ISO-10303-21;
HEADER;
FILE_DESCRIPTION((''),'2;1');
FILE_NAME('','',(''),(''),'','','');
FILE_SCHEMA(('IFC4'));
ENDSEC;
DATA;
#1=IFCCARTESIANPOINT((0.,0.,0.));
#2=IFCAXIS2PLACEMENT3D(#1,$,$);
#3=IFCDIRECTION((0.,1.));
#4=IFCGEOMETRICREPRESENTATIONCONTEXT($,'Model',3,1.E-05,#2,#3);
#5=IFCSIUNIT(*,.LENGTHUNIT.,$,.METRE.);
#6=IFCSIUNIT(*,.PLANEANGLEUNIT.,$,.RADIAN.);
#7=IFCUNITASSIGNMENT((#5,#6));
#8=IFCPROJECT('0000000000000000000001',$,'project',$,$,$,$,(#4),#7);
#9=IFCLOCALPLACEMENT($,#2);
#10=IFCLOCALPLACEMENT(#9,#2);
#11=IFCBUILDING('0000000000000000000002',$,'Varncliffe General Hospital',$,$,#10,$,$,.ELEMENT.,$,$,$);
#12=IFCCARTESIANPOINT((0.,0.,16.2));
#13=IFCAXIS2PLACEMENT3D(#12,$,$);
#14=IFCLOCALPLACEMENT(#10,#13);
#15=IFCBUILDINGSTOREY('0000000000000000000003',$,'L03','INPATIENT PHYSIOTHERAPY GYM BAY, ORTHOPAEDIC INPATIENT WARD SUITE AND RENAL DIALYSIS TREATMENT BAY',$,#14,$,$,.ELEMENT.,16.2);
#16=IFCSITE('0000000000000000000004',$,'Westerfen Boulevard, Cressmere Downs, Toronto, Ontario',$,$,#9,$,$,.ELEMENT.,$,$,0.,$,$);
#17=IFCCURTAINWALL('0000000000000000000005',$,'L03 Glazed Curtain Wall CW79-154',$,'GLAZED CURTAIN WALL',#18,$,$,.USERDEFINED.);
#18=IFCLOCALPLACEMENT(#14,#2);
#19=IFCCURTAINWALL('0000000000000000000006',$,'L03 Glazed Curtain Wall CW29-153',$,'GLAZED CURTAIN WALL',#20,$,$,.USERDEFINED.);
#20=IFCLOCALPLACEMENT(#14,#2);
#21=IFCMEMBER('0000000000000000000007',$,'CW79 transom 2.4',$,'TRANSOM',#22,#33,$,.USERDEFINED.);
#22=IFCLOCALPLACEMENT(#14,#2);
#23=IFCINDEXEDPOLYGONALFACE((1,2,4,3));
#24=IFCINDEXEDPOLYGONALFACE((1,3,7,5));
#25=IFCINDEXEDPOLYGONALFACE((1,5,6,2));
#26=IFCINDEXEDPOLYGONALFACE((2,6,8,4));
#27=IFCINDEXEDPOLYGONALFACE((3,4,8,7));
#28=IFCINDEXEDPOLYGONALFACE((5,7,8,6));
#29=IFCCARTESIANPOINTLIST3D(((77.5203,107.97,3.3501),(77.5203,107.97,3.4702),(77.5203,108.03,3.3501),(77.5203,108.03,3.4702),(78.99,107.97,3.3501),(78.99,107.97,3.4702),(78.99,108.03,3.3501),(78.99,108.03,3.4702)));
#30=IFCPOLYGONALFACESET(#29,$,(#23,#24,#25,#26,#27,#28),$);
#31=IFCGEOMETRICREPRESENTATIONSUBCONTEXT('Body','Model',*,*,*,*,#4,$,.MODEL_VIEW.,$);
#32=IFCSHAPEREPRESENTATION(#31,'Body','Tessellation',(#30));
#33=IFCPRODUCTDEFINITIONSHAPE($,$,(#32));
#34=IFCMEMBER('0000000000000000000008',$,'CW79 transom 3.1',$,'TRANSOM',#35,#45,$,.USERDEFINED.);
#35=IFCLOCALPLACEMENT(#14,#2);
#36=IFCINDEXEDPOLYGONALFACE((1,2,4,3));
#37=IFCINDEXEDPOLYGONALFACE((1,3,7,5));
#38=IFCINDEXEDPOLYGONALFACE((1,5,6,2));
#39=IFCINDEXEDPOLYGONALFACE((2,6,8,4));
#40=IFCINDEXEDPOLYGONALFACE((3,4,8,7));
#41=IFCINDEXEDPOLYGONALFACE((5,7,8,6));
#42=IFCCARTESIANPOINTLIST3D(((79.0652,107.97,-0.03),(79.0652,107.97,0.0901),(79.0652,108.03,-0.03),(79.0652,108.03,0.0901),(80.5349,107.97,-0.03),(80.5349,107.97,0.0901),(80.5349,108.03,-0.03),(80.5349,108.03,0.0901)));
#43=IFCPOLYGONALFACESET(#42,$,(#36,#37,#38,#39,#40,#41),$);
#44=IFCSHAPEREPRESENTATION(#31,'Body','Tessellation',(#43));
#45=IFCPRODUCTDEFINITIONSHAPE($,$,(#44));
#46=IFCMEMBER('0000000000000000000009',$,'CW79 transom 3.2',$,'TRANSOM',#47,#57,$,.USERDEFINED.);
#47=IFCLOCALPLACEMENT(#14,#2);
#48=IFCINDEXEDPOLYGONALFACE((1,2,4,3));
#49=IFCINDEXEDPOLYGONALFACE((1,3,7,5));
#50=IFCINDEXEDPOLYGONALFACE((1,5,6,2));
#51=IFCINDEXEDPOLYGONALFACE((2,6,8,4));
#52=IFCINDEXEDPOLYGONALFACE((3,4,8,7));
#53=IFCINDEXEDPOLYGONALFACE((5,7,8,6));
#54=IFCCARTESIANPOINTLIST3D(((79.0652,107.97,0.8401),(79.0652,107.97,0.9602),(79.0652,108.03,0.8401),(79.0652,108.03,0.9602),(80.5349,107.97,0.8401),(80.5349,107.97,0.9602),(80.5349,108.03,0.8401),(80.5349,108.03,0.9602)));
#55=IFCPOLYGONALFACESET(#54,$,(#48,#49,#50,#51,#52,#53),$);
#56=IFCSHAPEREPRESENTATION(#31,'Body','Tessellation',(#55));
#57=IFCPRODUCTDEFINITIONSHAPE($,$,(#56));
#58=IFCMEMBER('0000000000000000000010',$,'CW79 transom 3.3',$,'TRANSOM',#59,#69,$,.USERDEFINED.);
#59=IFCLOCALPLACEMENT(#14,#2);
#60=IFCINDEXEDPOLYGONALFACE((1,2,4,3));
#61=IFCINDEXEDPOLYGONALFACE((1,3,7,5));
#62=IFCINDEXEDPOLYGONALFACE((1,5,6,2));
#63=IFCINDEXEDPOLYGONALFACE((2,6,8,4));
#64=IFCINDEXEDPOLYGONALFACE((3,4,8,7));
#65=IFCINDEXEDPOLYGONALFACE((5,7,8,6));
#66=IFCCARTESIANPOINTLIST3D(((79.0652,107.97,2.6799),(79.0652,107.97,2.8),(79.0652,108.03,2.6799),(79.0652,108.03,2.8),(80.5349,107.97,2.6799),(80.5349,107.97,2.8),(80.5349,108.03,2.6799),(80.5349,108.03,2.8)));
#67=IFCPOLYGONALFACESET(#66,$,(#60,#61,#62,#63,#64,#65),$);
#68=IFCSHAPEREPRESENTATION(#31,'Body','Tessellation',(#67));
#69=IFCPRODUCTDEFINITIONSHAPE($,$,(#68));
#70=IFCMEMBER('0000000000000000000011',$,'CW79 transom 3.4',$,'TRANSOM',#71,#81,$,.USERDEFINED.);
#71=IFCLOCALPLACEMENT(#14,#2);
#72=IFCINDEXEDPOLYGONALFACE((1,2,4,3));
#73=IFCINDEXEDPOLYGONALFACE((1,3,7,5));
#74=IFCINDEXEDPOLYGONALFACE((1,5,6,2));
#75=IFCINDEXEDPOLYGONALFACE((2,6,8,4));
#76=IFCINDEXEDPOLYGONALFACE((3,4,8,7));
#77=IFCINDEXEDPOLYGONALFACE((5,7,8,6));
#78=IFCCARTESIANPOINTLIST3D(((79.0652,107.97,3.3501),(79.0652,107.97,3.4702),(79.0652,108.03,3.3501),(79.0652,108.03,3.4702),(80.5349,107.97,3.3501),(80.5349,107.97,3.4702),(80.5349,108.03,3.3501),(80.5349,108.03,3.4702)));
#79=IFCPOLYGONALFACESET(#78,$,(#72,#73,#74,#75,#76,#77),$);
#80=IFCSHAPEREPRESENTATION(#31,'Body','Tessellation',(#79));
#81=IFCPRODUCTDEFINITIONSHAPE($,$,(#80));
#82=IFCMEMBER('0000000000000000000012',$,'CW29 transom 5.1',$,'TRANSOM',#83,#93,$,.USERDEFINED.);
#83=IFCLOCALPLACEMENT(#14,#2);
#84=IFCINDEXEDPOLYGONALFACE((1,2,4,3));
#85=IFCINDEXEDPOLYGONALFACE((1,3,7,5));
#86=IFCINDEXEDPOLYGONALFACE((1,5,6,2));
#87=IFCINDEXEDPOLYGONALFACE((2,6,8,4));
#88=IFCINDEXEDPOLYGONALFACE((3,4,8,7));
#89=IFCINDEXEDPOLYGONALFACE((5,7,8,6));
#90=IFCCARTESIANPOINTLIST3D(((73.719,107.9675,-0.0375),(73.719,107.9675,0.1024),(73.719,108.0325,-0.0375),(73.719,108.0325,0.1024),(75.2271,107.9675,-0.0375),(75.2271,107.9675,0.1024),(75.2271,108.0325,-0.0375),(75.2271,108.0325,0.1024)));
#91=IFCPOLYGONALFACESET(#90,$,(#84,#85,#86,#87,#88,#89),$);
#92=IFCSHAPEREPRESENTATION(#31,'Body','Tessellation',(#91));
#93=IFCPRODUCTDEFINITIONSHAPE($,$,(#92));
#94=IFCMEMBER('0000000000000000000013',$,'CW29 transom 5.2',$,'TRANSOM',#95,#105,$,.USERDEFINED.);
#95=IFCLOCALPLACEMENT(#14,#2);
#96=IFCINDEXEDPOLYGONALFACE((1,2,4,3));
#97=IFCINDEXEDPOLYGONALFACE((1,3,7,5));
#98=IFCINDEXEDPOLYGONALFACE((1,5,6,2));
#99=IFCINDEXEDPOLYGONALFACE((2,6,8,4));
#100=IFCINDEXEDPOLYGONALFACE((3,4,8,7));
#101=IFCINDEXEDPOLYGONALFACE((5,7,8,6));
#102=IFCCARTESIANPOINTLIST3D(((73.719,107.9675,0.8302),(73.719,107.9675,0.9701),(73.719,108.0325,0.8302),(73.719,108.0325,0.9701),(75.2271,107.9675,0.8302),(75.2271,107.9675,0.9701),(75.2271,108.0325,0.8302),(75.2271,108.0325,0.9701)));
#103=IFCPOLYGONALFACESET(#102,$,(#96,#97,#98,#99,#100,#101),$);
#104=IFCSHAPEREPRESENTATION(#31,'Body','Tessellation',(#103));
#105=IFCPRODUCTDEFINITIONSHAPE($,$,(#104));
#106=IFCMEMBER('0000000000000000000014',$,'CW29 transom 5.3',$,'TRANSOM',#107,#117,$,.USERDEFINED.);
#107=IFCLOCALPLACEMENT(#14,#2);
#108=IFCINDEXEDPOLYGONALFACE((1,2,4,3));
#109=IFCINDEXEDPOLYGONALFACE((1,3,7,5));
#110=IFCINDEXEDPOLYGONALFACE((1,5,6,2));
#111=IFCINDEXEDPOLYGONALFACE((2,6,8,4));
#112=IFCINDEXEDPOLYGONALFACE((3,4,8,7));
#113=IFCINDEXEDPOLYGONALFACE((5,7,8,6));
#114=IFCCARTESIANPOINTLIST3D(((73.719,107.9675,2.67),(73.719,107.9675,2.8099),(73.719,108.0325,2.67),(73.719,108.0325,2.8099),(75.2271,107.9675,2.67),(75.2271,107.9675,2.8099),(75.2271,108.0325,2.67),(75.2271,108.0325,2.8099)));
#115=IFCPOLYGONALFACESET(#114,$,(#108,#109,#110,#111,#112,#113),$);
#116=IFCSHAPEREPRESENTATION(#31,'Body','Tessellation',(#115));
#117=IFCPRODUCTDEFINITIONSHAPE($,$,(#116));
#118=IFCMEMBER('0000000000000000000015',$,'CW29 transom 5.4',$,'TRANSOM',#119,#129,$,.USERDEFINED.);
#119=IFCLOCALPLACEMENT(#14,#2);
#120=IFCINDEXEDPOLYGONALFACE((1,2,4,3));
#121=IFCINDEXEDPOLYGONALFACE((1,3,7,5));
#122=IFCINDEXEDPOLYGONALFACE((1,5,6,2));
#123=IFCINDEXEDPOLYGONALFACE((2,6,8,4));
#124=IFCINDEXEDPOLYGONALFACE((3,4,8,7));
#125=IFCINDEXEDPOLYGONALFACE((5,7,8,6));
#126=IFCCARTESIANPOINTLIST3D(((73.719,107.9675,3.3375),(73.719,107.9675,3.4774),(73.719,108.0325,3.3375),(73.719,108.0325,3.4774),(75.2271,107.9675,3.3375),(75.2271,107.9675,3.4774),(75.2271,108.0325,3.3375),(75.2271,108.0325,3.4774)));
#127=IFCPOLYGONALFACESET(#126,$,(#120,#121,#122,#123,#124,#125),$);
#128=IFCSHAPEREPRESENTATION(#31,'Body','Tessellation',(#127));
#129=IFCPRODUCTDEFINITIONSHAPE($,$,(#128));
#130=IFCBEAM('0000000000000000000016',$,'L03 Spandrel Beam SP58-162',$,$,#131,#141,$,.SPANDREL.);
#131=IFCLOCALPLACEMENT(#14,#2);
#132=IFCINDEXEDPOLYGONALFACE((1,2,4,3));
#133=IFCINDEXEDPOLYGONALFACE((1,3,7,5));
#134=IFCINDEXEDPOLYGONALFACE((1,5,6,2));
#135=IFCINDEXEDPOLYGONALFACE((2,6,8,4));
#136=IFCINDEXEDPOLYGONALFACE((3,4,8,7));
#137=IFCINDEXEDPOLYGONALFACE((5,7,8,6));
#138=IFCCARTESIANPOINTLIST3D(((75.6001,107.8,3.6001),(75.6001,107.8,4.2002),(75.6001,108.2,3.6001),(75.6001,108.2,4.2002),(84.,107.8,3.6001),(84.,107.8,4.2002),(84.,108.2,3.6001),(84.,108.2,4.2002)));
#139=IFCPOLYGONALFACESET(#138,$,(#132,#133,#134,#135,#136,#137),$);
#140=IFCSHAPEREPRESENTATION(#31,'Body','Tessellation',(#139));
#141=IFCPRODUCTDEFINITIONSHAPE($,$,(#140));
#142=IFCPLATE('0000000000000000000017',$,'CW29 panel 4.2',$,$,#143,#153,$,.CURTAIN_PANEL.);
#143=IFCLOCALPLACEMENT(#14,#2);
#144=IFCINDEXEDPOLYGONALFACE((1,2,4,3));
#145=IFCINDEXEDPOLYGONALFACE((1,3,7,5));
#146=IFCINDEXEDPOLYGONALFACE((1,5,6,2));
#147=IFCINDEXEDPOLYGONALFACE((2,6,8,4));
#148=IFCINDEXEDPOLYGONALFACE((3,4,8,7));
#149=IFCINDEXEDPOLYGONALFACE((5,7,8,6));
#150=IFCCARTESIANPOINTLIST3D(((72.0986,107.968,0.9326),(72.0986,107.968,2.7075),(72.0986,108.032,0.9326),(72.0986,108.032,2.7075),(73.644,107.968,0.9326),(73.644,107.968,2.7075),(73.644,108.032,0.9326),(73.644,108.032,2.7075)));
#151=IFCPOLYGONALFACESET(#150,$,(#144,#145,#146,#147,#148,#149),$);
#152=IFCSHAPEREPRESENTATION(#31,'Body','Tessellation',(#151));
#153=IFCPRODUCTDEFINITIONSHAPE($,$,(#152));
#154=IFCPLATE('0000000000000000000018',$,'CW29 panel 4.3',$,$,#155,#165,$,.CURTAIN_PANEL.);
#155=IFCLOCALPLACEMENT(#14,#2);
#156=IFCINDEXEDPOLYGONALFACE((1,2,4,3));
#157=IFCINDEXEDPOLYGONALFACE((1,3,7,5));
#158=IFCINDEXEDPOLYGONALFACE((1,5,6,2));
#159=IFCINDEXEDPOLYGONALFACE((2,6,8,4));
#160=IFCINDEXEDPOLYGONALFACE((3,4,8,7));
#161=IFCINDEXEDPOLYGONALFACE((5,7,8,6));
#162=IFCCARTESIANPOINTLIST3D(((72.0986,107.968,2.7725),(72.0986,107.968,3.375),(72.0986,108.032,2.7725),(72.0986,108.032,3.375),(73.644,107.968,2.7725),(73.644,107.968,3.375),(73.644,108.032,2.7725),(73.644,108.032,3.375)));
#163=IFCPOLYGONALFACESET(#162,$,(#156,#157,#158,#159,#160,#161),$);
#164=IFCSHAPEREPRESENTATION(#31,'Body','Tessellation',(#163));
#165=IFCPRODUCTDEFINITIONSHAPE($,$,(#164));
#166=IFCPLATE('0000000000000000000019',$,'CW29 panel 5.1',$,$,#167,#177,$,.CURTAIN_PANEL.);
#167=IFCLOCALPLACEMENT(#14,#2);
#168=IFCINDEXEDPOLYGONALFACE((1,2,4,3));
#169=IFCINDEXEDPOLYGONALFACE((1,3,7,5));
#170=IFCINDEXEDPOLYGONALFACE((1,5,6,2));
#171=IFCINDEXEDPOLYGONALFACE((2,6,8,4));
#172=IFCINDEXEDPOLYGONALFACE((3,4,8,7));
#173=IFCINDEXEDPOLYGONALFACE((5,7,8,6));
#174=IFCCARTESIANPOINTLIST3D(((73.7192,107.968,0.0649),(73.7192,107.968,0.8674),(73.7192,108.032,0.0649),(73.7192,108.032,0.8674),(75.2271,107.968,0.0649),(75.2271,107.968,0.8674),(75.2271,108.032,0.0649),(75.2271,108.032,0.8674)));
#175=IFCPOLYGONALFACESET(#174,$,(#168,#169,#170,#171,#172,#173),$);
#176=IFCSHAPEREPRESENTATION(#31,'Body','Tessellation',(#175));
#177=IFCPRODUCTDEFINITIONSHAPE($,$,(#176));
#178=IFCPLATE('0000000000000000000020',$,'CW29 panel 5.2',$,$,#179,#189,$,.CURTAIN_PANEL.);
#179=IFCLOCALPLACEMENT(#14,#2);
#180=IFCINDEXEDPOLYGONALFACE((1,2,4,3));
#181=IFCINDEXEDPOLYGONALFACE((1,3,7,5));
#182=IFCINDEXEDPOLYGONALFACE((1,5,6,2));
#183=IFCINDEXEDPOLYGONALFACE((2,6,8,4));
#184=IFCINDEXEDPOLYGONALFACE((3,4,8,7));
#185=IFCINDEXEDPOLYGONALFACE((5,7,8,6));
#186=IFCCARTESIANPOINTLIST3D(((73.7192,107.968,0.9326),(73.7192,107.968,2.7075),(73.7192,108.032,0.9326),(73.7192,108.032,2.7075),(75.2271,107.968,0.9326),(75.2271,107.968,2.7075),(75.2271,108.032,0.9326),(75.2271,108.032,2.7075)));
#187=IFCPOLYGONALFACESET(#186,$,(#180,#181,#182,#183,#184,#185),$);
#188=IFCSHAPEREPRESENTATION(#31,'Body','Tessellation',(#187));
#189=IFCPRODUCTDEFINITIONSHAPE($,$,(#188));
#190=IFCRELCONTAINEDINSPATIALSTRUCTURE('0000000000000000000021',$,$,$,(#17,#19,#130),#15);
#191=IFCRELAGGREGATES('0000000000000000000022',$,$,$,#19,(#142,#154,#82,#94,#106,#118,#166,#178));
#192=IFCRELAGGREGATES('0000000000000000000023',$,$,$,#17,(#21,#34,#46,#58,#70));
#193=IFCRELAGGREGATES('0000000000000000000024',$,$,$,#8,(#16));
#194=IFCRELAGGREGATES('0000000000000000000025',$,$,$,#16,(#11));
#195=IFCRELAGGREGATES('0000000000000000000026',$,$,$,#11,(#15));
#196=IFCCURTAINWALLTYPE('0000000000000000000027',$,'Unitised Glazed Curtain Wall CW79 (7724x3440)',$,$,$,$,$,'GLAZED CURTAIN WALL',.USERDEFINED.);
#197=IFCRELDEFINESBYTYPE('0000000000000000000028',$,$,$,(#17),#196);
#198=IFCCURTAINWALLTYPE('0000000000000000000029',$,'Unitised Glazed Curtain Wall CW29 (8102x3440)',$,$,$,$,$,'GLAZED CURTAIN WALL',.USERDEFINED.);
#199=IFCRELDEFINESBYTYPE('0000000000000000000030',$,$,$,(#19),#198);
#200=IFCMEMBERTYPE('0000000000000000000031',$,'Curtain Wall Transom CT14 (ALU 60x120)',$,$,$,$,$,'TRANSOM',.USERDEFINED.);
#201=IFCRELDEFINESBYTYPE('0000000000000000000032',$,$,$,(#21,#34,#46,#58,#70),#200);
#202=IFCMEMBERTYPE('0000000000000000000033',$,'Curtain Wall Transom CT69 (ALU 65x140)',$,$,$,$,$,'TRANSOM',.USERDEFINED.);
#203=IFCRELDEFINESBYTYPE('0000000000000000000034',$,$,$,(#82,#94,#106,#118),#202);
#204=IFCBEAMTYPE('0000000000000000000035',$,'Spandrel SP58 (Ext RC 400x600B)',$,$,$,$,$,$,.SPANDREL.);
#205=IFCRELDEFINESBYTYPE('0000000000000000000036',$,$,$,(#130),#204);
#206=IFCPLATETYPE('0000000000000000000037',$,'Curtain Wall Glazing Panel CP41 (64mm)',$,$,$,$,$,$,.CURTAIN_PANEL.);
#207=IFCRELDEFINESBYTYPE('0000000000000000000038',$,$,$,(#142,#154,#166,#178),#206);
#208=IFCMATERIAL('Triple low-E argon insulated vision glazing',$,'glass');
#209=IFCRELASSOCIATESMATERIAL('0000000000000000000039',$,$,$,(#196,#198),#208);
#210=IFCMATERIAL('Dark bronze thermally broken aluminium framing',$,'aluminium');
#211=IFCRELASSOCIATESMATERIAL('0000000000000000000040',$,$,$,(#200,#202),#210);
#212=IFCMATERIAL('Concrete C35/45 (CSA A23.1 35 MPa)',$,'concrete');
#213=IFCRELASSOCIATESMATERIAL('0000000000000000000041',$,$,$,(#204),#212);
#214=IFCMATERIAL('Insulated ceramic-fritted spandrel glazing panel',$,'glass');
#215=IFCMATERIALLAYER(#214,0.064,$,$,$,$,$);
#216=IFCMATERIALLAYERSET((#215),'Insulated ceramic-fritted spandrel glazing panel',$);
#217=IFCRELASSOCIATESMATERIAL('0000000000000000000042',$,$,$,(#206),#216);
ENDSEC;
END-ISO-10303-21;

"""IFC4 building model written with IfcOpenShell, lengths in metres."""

from ifc_helpers import new_model, si_unit, direction, frame, origin, origin_2d, place, context, subcontext, project, spatial, rectangle, extrude, material, layer, layer_set, material_profile, profile_set, type_object, element, aggregate, save


model = new_model("IFC4")

# Units and contexts
model_context = context("Model", 3, precision=1e-05, world=origin(), true_north=direction((0.0, 1.0)))
body_context = subcontext(model_context, "Body", "Model", "MODEL_VIEW")
ifc_project = project(units=[si_unit("LENGTHUNIT", "METRE"), si_unit("PLANEANGLEUNIT", "RADIAN")], contexts=[model_context])

# Site, building, storey
site_placement = place(None, origin())
site = spatial("IfcSite", under=ifc_project, at=site_placement, Name="Westerfen Boulevard, Cressmere Downs, Toronto, Ontario", CompositionType="ELEMENT", RefElevation=0.0)
building_placement = place(site_placement, origin())
building = spatial("IfcBuilding", under=site, at=building_placement, Name="Varncliffe General Hospital", CompositionType="ELEMENT")
storey_placement = place(building_placement, frame((0.0, 0.0, 16.2)))
storey = spatial("IfcBuildingStorey", under=building, at=storey_placement, Name="L03", Description="INPATIENT PHYSIOTHERAPY GYM BAY, ORTHOPAEDIC INPATIENT WARD SUITE AND RENAL DIALYSIS TREATMENT BAY", CompositionType="ELEMENT", Elevation=16.2)

# Curtain walls
ifc_material_1 = material(Name="Triple low-E argon insulated vision glazing", Category="glass")
curtain_wall_type_1 = type_object("IfcCurtainWallType", Name="Unitised Glazed Curtain Wall CW79 (7724x3440)", ElementType="GLAZED CURTAIN WALL", PredefinedType="USERDEFINED", material=ifc_material_1)
curtain_wall_1_placement = place(storey_placement, origin())
curtain_wall_1 = element("IfcCurtainWall", 1, at=curtain_wall_1_placement, inside=storey, type_object=curtain_wall_type_1, Name="L03 Glazed Curtain Wall CW79-154", ObjectType="GLAZED CURTAIN WALL", PredefinedType="USERDEFINED")
ifc_material_2 = material(Name="Dark bronze thermally broken aluminium framing", Category="aluminium")
curtain_wall_type_2 = type_object("IfcCurtainWallType", Name="Unitised Glazed Curtain Wall CW29 (8102x3440)", ElementType="GLAZED CURTAIN WALL", PredefinedType="USERDEFINED", material=ifc_material_1)
curtain_wall_2_placement = place(storey_placement, origin())
curtain_wall_2 = element("IfcCurtainWall", 2, at=curtain_wall_2_placement, inside=storey, type_object=curtain_wall_type_2, Name="L03 Glazed Curtain Wall CW29-153", ObjectType="GLAZED CURTAIN WALL", PredefinedType="USERDEFINED")

# Members
ifc_material_profile_1 = material_profile(ifc_material_2, rectangle(XDim=0.0601, YDim=0.1201, at=origin_2d()), Name="ALU 60x120")
ifc_profile_set_1 = profile_set([ifc_material_profile_1], Name="Dark bronze thermally broken aluminium framing")
member_type_1 = type_object("IfcMemberType", Name="Curtain Wall Transom CT14 (ALU 60x120)", ElementType="TRANSOM", PredefinedType="USERDEFINED", material=ifc_profile_set_1)
member_1_placement = place(storey_placement, frame((77.5203, 108.0, 3.4102), z_axis=(1.0, 0.0, 0.0), x_axis=(0.0, 1.0, 0.0)))
member_1 = element("IfcMember", 3, at=member_1_placement, type_object=member_type_1, Name="CW79 transom 2.4", ObjectType="TRANSOM", PredefinedType="USERDEFINED", context=body_context, shape_type="SweptSolid", body=[
    extrude(rectangle(XDim=0.0601, YDim=0.1201, at=origin_2d()), origin(), (0.0, 0.0, 1.0), 1.4697),
])
member_2_placement = place(storey_placement, frame((79.0652, 108.0, 0.03), z_axis=(1.0, 0.0, 0.0), x_axis=(0.0, 1.0, 0.0)))
member_2 = element("IfcMember", 4, at=member_2_placement, type_object=member_type_1, Name="CW79 transom 3.1", ObjectType="TRANSOM", PredefinedType="USERDEFINED", context=body_context, shape_type="SweptSolid", body=[
    extrude(rectangle(XDim=0.0601, YDim=0.1201, at=origin_2d()), origin(), (0.0, 0.0, 1.0), 1.4697),
])
member_3_placement = place(storey_placement, frame((79.0652, 108.0, 0.9001), z_axis=(1.0, 0.0, 0.0), x_axis=(0.0, 1.0, 0.0)))
member_3 = element("IfcMember", 5, at=member_3_placement, type_object=member_type_1, Name="CW79 transom 3.2", ObjectType="TRANSOM", PredefinedType="USERDEFINED", context=body_context, shape_type="SweptSolid", body=[
    extrude(rectangle(XDim=0.0601, YDim=0.1201, at=origin_2d()), origin(), (0.0, 0.0, 1.0), 1.4697),
])
member_4_placement = place(storey_placement, frame((79.0652, 108.0, 2.74), z_axis=(1.0, 0.0, 0.0), x_axis=(0.0, 1.0, 0.0)))
member_4 = element("IfcMember", 6, at=member_4_placement, type_object=member_type_1, Name="CW79 transom 3.3", ObjectType="TRANSOM", PredefinedType="USERDEFINED", context=body_context, shape_type="SweptSolid", body=[
    extrude(rectangle(XDim=0.0601, YDim=0.1201, at=origin_2d()), origin(), (0.0, 0.0, 1.0), 1.4697),
])
member_5_placement = place(storey_placement, frame((79.0652, 108.0, 3.4102), z_axis=(1.0, 0.0, 0.0), x_axis=(0.0, 1.0, 0.0)))
member_5 = element("IfcMember", 7, at=member_5_placement, type_object=member_type_1, Name="CW79 transom 3.4", ObjectType="TRANSOM", PredefinedType="USERDEFINED", context=body_context, shape_type="SweptSolid", body=[
    extrude(rectangle(XDim=0.0601, YDim=0.1201, at=origin_2d()), origin(), (0.0, 0.0, 1.0), 1.4697),
])
ifc_material_profile_2 = material_profile(ifc_material_2, rectangle(XDim=0.0649, YDim=0.1399, at=origin_2d()), Name="ALU 65x140")
ifc_profile_set_2 = profile_set([ifc_material_profile_2], Name="Dark bronze thermally broken aluminium framing")
member_type_2 = type_object("IfcMemberType", Name="Curtain Wall Transom CT69 (ALU 65x140)", ElementType="TRANSOM", PredefinedType="USERDEFINED", material=ifc_profile_set_2)
member_6_placement = place(storey_placement, frame((73.719, 108.0, 0.0325), z_axis=(1.0, 0.0, 0.0), x_axis=(0.0, 1.0, 0.0)))
member_6 = element("IfcMember", 8, at=member_6_placement, type_object=member_type_2, Name="CW29 transom 5.1", ObjectType="TRANSOM", PredefinedType="USERDEFINED", context=body_context, shape_type="SweptSolid", body=[
    extrude(rectangle(XDim=0.0649, YDim=0.1399, at=origin_2d()), origin(), (0.0, 0.0, 1.0), 1.5081),
])
member_7_placement = place(storey_placement, frame((73.719, 108.0, 0.9001), z_axis=(1.0, 0.0, 0.0), x_axis=(0.0, 1.0, 0.0)))
member_7 = element("IfcMember", 9, at=member_7_placement, type_object=member_type_2, Name="CW29 transom 5.2", ObjectType="TRANSOM", PredefinedType="USERDEFINED", context=body_context, shape_type="SweptSolid", body=[
    extrude(rectangle(XDim=0.0649, YDim=0.1399, at=origin_2d()), origin(), (0.0, 0.0, 1.0), 1.5081),
])
member_8_placement = place(storey_placement, frame((73.719, 108.0, 2.74), z_axis=(1.0, 0.0, 0.0), x_axis=(0.0, 1.0, 0.0)))
member_8 = element("IfcMember", 10, at=member_8_placement, type_object=member_type_2, Name="CW29 transom 5.3", ObjectType="TRANSOM", PredefinedType="USERDEFINED", context=body_context, shape_type="SweptSolid", body=[
    extrude(rectangle(XDim=0.0649, YDim=0.1399, at=origin_2d()), origin(), (0.0, 0.0, 1.0), 1.5081),
])
member_9_placement = place(storey_placement, frame((73.719, 108.0, 3.4075), z_axis=(1.0, 0.0, 0.0), x_axis=(0.0, 1.0, 0.0)))
member_9 = element("IfcMember", 11, at=member_9_placement, type_object=member_type_2, Name="CW29 transom 5.4", ObjectType="TRANSOM", PredefinedType="USERDEFINED", context=body_context, shape_type="SweptSolid", body=[
    extrude(rectangle(XDim=0.0649, YDim=0.1399, at=origin_2d()), origin(), (0.0, 0.0, 1.0), 1.5081),
])

# Beam
ifc_material_3 = material(Name="Concrete C35/45 (CSA A23.1 35 MPa)", Category="concrete")
ifc_material_profile_3 = material_profile(ifc_material_3, rectangle(XDim=0.3999, YDim=0.6001, at=origin_2d()), Name="RC 400x600")
ifc_profile_set_3 = profile_set([ifc_material_profile_3], Name="Concrete C35/45 (CSA A23.1 35 MPa)")
beam_type = type_object("IfcBeamType", Name="Spandrel SP58 (Ext RC 400x600B)", PredefinedType="SPANDREL", material=ifc_profile_set_3)
beam_placement = place(storey_placement, frame((75.6001, 108.0, 3.9001), z_axis=(1.0, 0.0, 0.0), x_axis=(0.0, 1.0, 0.0)))
element("IfcBeam", 12, at=beam_placement, inside=storey, type_object=beam_type, Name="L03 Spandrel Beam SP58-162", PredefinedType="SPANDREL", context=body_context, shape_type="SweptSolid", body=[
    extrude(rectangle(XDim=0.3999, YDim=0.6001, at=origin_2d()), origin(), (0.0, 0.0, 1.0), 8.3999),
])

# Plates
ifc_material_4 = material(Name="Insulated ceramic-fritted spandrel glazing panel", Category="glass")
ifc_layer_1 = layer(ifc_material_4, 0.064)
ifc_layer_set_1 = layer_set([ifc_layer_1], Name="Insulated ceramic-fritted spandrel glazing panel")
plate_type_1 = type_object("IfcPlateType", Name="Curtain Wall Glazing Panel CP41 (64mm)", PredefinedType="CURTAIN_PANEL", material=ifc_layer_set_1)
plate_1_placement = place(storey_placement, frame((72.8713, 108.0, 0.9326), z_axis=(0.0, 0.0, 1.0), x_axis=(1.0, 0.0, 0.0)))
plate_1 = element("IfcPlate", 13, at=plate_1_placement, type_object=plate_type_1, Name="CW29 panel 4.2", PredefinedType="CURTAIN_PANEL", context=body_context, shape_type="SweptSolid", body=[
    extrude(rectangle(XDim=1.5454, YDim=0.064, at=origin_2d()), origin(), (0.0, 0.0, 1.0), 1.7749),
])
plate_2_placement = place(storey_placement, frame((72.8713, 108.0, 2.7725), z_axis=(0.0, 0.0, 1.0), x_axis=(1.0, 0.0, 0.0)))
plate_2 = element("IfcPlate", 14, at=plate_2_placement, type_object=plate_type_1, Name="CW29 panel 4.3", PredefinedType="CURTAIN_PANEL", context=body_context, shape_type="SweptSolid", body=[
    extrude(rectangle(XDim=1.5454, YDim=0.064, at=origin_2d()), origin(), (0.0, 0.0, 1.0), 0.6025),
])
plate_3_placement = place(storey_placement, frame((74.4731, 108.0, 0.0649), z_axis=(0.0, 0.0, 1.0), x_axis=(1.0, 0.0, 0.0)))
plate_3 = element("IfcPlate", 15, at=plate_3_placement, type_object=plate_type_1, Name="CW29 panel 5.1", PredefinedType="CURTAIN_PANEL", context=body_context, shape_type="SweptSolid", body=[
    extrude(rectangle(XDim=1.5078, YDim=0.064, at=origin_2d()), origin(), (0.0, 0.0, 1.0), 0.8025),
])
plate_4_placement = place(storey_placement, frame((74.4731, 108.0, 0.9326), z_axis=(0.0, 0.0, 1.0), x_axis=(1.0, 0.0, 0.0)))
plate_4 = element("IfcPlate", 16, at=plate_4_placement, type_object=plate_type_1, Name="CW29 panel 5.2", PredefinedType="CURTAIN_PANEL", context=body_context, shape_type="SweptSolid", body=[
    extrude(rectangle(XDim=1.5078, YDim=0.064, at=origin_2d()), origin(), (0.0, 0.0, 1.0), 1.7749),
])
aggregate(curtain_wall_2, [plate_1, plate_2, member_6, member_7, member_8, member_9, plate_3, plate_4])
aggregate(curtain_wall_1, [member_1, member_2, member_3, member_4, member_5])

save(model, "model.ifc")
